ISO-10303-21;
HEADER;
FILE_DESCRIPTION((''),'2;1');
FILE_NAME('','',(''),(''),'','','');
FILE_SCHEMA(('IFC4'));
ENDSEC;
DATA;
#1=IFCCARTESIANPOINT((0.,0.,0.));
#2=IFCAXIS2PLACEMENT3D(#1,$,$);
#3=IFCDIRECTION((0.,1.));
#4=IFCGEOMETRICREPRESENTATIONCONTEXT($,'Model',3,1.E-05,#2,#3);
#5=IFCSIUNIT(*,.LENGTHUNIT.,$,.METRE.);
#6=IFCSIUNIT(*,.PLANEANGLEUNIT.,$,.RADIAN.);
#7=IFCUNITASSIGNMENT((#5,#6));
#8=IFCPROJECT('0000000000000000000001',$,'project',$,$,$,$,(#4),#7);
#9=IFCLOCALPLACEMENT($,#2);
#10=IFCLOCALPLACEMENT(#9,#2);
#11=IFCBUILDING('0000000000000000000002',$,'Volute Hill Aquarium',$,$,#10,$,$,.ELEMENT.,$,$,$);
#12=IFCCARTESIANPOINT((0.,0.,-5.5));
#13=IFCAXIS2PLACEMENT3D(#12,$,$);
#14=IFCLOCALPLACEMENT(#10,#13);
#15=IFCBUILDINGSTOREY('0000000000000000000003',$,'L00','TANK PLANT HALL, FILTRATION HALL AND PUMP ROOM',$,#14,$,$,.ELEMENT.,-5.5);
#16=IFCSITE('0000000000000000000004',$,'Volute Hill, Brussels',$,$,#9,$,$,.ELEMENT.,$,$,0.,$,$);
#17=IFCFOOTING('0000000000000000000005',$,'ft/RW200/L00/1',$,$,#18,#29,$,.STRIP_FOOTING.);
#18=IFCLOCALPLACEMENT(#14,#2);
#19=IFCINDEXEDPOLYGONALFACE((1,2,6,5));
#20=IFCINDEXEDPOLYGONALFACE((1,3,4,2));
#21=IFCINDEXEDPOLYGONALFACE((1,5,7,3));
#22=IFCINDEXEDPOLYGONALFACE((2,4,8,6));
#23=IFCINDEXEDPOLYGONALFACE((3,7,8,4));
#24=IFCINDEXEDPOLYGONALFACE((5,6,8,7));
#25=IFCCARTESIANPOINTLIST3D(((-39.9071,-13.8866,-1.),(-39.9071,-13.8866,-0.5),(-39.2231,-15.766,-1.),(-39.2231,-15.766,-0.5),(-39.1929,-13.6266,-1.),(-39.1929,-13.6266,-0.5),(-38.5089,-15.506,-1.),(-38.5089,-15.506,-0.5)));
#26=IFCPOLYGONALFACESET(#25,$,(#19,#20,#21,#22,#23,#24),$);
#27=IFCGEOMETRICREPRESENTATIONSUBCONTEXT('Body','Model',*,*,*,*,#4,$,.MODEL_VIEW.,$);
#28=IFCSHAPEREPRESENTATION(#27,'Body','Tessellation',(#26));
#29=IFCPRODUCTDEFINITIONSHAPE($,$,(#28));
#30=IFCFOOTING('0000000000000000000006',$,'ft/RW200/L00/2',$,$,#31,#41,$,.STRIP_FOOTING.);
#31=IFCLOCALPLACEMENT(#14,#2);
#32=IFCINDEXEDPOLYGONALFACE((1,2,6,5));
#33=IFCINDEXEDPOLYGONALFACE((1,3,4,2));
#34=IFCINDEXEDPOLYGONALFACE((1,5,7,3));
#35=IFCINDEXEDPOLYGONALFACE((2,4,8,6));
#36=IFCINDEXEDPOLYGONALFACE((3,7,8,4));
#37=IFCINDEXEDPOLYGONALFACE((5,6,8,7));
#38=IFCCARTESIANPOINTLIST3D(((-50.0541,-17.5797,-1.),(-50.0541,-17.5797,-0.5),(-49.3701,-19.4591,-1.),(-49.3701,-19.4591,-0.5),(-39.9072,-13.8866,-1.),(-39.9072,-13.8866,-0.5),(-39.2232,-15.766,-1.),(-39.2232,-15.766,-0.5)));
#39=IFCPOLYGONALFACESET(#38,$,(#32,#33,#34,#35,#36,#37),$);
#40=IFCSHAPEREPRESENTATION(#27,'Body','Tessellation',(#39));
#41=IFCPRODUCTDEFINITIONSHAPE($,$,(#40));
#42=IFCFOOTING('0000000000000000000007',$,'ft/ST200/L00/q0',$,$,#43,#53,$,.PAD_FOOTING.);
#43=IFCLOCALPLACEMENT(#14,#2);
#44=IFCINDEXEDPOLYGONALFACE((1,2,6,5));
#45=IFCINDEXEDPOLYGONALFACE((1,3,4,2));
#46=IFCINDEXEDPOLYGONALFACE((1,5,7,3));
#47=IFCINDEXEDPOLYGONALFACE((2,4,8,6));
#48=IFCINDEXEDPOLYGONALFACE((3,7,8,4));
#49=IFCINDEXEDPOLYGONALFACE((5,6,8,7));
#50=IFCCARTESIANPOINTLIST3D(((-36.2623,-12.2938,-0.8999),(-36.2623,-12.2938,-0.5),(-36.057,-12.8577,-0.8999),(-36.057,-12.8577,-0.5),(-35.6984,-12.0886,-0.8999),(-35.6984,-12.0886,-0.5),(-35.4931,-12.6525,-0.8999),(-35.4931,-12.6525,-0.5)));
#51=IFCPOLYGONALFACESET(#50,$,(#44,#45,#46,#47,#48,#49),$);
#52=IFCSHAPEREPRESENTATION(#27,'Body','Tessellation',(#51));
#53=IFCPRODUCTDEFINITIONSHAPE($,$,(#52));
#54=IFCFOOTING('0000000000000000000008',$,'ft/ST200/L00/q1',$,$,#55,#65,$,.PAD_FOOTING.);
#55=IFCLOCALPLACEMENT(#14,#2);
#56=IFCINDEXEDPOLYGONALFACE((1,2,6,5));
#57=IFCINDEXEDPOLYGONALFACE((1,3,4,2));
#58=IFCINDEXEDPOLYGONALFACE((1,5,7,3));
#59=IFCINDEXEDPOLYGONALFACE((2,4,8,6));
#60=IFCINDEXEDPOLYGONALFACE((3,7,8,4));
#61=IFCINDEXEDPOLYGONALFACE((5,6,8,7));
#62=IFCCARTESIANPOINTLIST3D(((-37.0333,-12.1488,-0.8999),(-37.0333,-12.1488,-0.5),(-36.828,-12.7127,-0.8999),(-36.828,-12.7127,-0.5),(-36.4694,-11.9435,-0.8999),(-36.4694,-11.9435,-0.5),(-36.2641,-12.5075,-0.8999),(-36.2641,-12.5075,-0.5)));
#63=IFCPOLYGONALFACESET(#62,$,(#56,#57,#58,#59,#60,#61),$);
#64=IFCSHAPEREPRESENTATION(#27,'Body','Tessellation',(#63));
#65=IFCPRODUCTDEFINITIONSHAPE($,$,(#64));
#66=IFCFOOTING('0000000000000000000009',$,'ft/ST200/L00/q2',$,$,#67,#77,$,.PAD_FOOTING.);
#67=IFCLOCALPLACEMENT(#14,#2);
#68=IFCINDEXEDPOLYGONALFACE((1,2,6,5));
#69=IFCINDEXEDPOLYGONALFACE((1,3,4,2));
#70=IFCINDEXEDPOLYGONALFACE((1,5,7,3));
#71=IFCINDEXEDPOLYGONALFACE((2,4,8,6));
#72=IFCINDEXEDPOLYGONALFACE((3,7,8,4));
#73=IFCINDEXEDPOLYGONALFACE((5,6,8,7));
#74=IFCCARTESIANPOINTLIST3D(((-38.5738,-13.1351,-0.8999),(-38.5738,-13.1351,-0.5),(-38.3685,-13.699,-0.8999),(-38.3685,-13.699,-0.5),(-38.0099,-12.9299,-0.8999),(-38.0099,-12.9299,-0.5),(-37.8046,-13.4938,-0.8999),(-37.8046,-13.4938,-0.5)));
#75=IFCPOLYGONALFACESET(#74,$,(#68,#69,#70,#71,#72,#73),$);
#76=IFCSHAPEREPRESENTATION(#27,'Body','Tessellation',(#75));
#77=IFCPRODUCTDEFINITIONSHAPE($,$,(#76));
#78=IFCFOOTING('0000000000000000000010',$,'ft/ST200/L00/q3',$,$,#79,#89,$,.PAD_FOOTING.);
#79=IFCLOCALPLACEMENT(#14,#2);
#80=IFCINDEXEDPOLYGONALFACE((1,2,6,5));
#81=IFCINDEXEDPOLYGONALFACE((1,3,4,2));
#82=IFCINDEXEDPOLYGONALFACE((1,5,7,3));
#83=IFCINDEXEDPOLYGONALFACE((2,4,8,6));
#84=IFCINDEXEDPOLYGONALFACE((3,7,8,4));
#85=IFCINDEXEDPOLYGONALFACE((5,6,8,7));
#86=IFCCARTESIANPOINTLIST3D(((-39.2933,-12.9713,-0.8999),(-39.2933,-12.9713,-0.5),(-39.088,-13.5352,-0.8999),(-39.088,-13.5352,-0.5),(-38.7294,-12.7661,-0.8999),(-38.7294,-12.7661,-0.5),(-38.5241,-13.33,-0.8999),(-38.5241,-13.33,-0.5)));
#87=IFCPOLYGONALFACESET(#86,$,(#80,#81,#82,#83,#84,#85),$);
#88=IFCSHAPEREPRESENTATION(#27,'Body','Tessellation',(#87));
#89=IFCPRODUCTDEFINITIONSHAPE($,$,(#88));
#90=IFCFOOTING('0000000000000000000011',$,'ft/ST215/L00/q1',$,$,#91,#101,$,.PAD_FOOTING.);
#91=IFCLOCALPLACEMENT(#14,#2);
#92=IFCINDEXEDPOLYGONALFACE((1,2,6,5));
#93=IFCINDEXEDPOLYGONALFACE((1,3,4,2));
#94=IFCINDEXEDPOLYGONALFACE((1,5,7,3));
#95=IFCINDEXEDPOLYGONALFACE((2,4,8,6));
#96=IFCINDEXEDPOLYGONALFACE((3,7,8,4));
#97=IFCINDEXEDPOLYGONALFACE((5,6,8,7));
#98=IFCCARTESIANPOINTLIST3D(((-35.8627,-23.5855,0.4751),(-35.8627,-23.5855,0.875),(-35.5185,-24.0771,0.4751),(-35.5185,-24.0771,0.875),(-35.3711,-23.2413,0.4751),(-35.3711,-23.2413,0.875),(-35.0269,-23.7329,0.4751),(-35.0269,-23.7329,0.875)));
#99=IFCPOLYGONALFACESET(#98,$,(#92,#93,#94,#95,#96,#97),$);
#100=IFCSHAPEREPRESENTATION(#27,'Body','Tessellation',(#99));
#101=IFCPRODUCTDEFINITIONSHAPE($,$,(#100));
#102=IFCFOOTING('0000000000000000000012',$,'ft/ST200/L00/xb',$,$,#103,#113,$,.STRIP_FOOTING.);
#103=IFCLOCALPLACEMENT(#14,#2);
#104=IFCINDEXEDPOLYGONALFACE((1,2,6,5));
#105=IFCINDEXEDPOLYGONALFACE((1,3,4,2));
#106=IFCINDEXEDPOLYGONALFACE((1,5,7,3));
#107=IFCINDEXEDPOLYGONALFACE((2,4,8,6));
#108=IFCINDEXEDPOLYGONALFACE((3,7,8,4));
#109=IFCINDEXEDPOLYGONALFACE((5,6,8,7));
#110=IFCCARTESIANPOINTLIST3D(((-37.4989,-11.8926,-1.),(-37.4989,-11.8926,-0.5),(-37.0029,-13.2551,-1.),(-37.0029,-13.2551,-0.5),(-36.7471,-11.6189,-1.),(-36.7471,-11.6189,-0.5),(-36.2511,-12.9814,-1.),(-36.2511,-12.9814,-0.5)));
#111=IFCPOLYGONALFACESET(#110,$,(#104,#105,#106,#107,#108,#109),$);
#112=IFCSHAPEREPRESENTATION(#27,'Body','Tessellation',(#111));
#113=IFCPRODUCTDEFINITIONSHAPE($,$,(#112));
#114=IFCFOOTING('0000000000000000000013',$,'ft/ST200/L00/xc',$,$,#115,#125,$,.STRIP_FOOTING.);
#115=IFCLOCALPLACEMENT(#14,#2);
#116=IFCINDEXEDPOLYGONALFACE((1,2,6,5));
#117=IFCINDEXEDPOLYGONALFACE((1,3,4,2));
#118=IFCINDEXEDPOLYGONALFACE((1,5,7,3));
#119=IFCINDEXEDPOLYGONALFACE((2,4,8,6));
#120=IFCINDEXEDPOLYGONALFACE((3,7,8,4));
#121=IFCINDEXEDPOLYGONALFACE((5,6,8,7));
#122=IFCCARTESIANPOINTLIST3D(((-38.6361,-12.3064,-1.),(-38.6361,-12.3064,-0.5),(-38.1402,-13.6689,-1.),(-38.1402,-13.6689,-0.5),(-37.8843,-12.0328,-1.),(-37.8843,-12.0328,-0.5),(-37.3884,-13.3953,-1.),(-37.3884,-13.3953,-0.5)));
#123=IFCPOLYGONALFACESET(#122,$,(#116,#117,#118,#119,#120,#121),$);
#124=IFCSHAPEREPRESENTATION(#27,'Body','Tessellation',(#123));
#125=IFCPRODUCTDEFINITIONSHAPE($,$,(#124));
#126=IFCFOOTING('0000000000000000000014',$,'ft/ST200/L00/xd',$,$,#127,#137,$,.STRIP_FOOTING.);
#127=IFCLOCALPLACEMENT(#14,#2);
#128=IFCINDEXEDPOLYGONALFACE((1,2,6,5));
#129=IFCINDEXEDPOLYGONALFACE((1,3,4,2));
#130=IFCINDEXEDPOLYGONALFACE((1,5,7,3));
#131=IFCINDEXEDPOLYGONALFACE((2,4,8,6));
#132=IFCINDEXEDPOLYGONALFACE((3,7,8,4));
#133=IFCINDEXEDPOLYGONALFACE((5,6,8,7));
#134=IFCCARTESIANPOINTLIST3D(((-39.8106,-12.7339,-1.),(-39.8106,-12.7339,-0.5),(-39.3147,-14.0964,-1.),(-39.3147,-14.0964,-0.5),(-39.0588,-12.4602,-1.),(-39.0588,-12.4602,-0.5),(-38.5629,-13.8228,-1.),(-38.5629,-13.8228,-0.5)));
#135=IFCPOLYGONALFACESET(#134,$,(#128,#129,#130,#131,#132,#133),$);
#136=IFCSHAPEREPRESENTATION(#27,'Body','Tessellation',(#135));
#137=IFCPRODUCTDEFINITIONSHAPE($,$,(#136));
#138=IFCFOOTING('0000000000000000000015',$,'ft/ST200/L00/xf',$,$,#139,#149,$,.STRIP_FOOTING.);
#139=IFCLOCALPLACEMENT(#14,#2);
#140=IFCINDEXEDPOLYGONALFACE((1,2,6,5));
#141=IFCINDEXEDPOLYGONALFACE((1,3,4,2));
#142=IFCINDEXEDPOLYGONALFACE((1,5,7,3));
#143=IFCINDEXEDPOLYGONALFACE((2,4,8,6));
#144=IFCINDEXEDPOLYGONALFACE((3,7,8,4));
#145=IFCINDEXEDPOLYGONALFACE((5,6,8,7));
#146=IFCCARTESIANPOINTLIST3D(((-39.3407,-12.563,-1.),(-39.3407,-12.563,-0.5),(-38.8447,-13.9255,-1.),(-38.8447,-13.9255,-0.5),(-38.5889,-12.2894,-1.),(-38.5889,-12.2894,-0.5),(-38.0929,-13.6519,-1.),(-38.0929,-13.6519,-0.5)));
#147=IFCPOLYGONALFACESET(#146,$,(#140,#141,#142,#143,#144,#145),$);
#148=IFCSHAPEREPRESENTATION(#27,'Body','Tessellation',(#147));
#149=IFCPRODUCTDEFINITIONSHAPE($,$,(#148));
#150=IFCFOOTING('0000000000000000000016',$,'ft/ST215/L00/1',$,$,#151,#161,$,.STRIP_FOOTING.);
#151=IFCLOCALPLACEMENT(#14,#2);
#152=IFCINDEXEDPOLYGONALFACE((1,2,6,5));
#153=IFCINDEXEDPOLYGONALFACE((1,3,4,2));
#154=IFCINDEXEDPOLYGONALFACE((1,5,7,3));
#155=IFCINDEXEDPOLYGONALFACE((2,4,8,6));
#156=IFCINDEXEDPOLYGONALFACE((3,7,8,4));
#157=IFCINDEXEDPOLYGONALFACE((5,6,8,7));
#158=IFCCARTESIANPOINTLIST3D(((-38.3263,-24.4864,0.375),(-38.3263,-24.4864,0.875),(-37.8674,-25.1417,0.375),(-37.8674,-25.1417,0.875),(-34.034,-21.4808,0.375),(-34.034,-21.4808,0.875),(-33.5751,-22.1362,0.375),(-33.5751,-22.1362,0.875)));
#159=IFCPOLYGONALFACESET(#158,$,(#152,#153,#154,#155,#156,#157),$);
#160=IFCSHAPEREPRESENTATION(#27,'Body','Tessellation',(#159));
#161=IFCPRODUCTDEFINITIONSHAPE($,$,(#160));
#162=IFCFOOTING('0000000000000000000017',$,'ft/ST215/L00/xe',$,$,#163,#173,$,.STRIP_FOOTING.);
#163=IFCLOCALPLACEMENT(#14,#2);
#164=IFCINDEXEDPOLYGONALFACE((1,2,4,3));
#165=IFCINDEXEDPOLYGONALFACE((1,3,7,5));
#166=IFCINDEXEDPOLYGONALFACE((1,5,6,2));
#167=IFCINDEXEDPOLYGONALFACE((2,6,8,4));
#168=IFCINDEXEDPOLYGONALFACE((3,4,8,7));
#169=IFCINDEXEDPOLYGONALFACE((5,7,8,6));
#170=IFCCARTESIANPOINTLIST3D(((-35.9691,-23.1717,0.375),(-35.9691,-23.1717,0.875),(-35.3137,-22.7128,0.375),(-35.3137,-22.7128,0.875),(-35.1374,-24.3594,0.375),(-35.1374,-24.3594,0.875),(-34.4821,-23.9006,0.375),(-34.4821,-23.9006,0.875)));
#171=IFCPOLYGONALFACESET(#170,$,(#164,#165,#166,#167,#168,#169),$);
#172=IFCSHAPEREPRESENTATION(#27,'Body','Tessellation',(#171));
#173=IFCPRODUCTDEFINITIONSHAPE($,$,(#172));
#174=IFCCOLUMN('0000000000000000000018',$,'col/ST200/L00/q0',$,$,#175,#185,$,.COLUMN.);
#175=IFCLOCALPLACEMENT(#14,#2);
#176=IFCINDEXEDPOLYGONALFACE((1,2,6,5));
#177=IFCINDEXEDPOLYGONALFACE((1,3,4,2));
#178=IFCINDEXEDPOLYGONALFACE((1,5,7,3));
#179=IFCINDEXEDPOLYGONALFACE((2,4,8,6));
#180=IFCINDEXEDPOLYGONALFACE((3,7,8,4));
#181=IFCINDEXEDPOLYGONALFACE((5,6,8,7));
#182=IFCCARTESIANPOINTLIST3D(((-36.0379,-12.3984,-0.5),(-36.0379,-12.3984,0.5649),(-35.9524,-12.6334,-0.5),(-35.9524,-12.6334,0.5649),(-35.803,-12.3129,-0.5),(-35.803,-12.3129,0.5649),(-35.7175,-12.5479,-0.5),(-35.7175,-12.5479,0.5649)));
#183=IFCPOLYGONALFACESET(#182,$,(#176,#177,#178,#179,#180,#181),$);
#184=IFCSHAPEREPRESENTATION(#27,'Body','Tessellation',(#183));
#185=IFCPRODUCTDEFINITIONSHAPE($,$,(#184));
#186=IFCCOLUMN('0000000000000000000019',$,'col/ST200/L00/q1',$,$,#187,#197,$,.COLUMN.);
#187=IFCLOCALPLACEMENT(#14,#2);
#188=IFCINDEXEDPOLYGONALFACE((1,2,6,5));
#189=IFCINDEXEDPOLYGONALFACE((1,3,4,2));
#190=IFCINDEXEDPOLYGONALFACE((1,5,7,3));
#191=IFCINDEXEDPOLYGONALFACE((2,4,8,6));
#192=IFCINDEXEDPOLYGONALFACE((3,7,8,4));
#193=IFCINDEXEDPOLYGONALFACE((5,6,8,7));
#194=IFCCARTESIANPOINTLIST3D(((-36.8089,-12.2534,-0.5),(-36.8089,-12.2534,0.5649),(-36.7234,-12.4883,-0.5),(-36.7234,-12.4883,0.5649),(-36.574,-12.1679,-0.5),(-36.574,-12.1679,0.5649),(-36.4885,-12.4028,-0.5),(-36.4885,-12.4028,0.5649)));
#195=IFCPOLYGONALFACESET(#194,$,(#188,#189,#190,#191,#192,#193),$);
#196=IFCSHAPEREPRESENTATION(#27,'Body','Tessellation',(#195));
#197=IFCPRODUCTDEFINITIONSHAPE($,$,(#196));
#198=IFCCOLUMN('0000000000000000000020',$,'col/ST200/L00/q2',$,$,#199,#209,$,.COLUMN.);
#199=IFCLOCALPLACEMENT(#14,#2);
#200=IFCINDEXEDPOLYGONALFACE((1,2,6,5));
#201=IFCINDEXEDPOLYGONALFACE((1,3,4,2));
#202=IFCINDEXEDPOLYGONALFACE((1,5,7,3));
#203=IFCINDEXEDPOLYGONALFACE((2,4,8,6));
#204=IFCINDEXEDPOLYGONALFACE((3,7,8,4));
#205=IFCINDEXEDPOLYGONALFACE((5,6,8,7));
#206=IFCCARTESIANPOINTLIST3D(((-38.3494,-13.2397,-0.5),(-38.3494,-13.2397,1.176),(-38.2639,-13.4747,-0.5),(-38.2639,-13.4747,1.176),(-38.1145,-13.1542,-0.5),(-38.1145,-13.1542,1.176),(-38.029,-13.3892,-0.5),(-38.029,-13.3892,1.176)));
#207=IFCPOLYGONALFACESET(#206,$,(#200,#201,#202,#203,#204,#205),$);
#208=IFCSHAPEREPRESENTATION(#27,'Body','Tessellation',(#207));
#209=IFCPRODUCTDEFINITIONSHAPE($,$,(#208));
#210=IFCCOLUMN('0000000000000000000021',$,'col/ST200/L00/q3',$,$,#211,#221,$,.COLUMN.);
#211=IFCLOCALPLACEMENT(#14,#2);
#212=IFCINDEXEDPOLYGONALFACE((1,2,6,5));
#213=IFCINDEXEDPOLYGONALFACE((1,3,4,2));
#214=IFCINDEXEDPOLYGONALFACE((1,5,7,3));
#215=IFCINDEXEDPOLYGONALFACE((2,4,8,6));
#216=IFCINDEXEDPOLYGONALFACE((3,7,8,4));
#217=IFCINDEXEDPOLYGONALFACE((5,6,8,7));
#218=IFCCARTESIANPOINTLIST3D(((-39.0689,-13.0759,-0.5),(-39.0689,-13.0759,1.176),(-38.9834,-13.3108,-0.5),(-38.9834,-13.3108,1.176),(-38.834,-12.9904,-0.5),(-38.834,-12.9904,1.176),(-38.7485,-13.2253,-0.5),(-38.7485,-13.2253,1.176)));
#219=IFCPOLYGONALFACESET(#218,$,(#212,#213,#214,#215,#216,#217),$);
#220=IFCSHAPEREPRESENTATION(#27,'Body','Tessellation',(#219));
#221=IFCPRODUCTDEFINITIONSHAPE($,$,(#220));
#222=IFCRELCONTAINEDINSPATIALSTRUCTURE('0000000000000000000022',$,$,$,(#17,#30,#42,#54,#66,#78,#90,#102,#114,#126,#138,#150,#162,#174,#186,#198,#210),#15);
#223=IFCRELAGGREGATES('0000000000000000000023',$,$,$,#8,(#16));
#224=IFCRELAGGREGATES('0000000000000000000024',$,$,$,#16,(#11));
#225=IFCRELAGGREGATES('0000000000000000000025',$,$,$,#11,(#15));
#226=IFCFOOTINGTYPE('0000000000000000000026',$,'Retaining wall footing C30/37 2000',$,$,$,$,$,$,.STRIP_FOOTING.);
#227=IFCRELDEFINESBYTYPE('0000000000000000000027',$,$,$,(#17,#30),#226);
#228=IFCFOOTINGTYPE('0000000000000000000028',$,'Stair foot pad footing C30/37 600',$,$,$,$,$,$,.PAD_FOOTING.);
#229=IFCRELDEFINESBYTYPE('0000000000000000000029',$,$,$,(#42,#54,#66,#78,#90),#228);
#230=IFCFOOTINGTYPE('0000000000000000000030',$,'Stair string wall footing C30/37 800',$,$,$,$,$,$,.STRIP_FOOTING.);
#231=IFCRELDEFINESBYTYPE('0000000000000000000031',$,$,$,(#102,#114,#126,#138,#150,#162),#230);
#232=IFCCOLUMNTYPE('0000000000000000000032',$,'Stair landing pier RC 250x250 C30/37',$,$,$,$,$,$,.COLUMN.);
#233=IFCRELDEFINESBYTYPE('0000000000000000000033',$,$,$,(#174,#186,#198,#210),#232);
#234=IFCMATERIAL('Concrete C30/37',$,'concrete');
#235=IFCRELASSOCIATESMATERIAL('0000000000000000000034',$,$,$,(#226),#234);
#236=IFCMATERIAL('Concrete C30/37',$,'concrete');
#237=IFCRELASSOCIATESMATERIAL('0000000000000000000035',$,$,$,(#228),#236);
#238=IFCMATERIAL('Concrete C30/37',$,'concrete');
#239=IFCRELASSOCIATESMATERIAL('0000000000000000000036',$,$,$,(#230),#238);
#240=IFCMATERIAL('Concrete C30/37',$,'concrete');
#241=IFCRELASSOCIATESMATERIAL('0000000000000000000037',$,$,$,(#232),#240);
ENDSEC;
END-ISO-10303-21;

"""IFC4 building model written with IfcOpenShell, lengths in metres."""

from ifc_helpers import new_model, si_unit, direction, frame, origin, origin_2d, place, context, subcontext, project, spatial, rectangle, extrude, material, material_profile, profile_set, type_object, element, save


model = new_model("IFC4")

# Units and contexts
model_context = context("Model", 3, precision=1e-05, world=origin(), true_north=direction((0.0, 1.0)))
body_context = subcontext(model_context, "Body", "Model", "MODEL_VIEW")
ifc_project = project(units=[si_unit("LENGTHUNIT", "METRE"), si_unit("PLANEANGLEUNIT", "RADIAN")], contexts=[model_context])

# Site, building, storey
site_placement = place(None, origin())
site = spatial("IfcSite", under=ifc_project, at=site_placement, Name="Volute Hill, Brussels", CompositionType="ELEMENT", RefElevation=0.0)
building_placement = place(site_placement, origin())
building = spatial("IfcBuilding", under=site, at=building_placement, Name="Volute Hill Aquarium", CompositionType="ELEMENT")
storey_placement = place(building_placement, frame((0.0, 0.0, -5.5)))
storey = spatial("IfcBuildingStorey", under=building, at=storey_placement, Name="L00", Description="TANK PLANT HALL, FILTRATION HALL AND PUMP ROOM", CompositionType="ELEMENT", Elevation=-5.5)

# Footings
ifc_material_1 = material(Name="Concrete C30/37", Category="concrete")
footing_type_1 = type_object("IfcFootingType", Name="Retaining wall footing C30/37 2000", PredefinedType="STRIP_FOOTING", material=ifc_material_1)
footing_1_placement = place(storey_placement, frame((-39.208, -14.6963, -1.0), z_axis=(0.0, 0.0, 1.0), x_axis=(-0.939693, -0.34202, 0.0)))
element("IfcFooting", 1, at=footing_1_placement, inside=storey, type_object=footing_type_1, Name="ft/RW200/L00/1", PredefinedType="STRIP_FOOTING", context=body_context, shape_type="SweptSolid", body=[
    extrude(rectangle(XDim=0.76, YDim=2.0, at=origin_2d()), origin(), (0.0, 0.0, 1.0), 0.5),
])
footing_2_placement = place(storey_placement, frame((-44.6387, -16.6729, -1.0), z_axis=(0.0, 0.0, 1.0), x_axis=(-0.939693, -0.34202, 0.0)))
element("IfcFooting", 2, at=footing_2_placement, inside=storey, type_object=footing_type_1, Name="ft/RW200/L00/2", PredefinedType="STRIP_FOOTING", context=body_context, shape_type="SweptSolid", body=[
    extrude(rectangle(XDim=10.7981, YDim=2.0, at=origin_2d()), origin(), (0.0, 0.0, 1.0), 0.5),
])
ifc_material_2 = material(Name="Concrete C30/37", Category="concrete")
footing_type_2 = type_object("IfcFootingType", Name="Stair foot pad footing C30/37 600", PredefinedType="PAD_FOOTING", material=ifc_material_2)
for number, where, z_axis, x_axis, name in (
    (3, (-35.8777, -12.4731, -0.8999), (0.0, 0.0, 1.0), (-0.939693, -0.34202, 0.0), "ft/ST200/L00/q0"),
    (4, (-36.6487, -12.3281, -0.8999), (0.0, 0.0, 1.0), (-0.939693, -0.34202, 0.0), "ft/ST200/L00/q1"),
    (5, (-38.1892, -13.3145, -0.8999), (0.0, 0.0, 1.0), (-0.939693, -0.34202, 0.0), "ft/ST200/L00/q2"),
    (6, (-38.9087, -13.1506, -0.8999), (0.0, 0.0, 1.0), (-0.939693, -0.34202, 0.0), "ft/ST200/L00/q3"),
    (7, (-35.4448, -23.6592, 0.4751), (0.0, 0.0, 1.0), (-0.819152, -0.573576, 0.0), "ft/ST215/L00/q1"),
):
    element("IfcFooting", number, at=place(storey_placement, frame(where, z_axis=z_axis, x_axis=x_axis)), inside=storey, type_object=footing_type_2, Name=name, PredefinedType="PAD_FOOTING", context=body_context, shape_type="SweptSolid", body=[
        extrude(rectangle(XDim=0.6001, YDim=0.6001, at=origin_2d()), origin(), (0.0, 0.0, 1.0), 0.3999),
    ])
ifc_material_3 = material(Name="Concrete C30/37", Category="concrete")
footing_type_3 = type_object("IfcFootingType", Name="Stair string wall footing C30/37 800", PredefinedType="STRIP_FOOTING", material=ifc_material_3)
for number, where, z_axis, x_axis, name in (
    (8, (-36.875, -12.437, -1.0), (0.0, 0.0, 1.0), (0.34202, -0.939693, 0.0), "ft/ST200/L00/xb"),
    (9, (-38.0122, -12.8508, -1.0), (0.0, 0.0, 1.0), (0.34202, -0.939693, 0.0), "ft/ST200/L00/xc"),
    (10, (-39.1868, -13.2783, -1.0), (0.0, 0.0, 1.0), (0.34202, -0.939693, 0.0), "ft/ST200/L00/xd"),
    (11, (-38.7168, -13.1074, -1.0), (0.0, 0.0, 1.0), (0.34202, -0.939693, 0.0), "ft/ST200/L00/xf"),
):
    element("IfcFooting", number, at=place(storey_placement, frame(where, z_axis=z_axis, x_axis=x_axis)), inside=storey, type_object=footing_type_3, Name=name, PredefinedType="STRIP_FOOTING", context=body_context, shape_type="SweptSolid", body=[
        extrude(rectangle(XDim=1.45, YDim=0.8, at=origin_2d()), origin(), (0.0, 0.0, 1.0), 0.5),
    ])
footing_3_placement = place(storey_placement, frame((-35.9507, -23.3113, 0.375), z_axis=(0.0, 0.0, 1.0), x_axis=(-0.819152, -0.573576, 0.0)))
element("IfcFooting", 12, at=footing_3_placement, inside=storey, type_object=footing_type_3, Name="ft/ST215/L00/1", PredefinedType="STRIP_FOOTING", context=body_context, shape_type="SweptSolid", body=[
    extrude(rectangle(XDim=5.24, YDim=0.8, at=origin_2d()), origin(), (0.0, 0.0, 1.0), 0.5),
])
footing_4_placement = place(storey_placement, frame((-35.2256, -23.5361, 0.375), z_axis=(0.0, 0.0, 1.0), x_axis=(0.573576, -0.819152, 0.0)))
element("IfcFooting", 13, at=footing_4_placement, inside=storey, type_object=footing_type_3, Name="ft/ST215/L00/xe", PredefinedType="STRIP_FOOTING", context=body_context, shape_type="SweptSolid", body=[
    extrude(rectangle(XDim=1.45, YDim=0.8, at=origin_2d()), origin(), (0.0, 0.0, 1.0), 0.5),
])

# Columns
ifc_material_4 = material(Name="Concrete C30/37", Category="concrete")
ifc_material_profile = material_profile(ifc_material_4, rectangle(XDim=0.25, YDim=0.25, at=origin_2d()), Name="RC pier 250x250")
ifc_profile_set = profile_set([ifc_material_profile], Name="Concrete C30/37")
column_type = type_object("IfcColumnType", Name="Stair landing pier RC 250x250 C30/37", PredefinedType="COLUMN", material=ifc_profile_set)
for number, where, z_axis, x_axis, name in (
    (14, (-35.8777, -12.4731, -0.5), (0.0, 0.0, 1.0), (-0.939693, -0.34202, 0.0), "col/ST200/L00/q0"),
    (15, (-36.6487, -12.3281, -0.5), (0.0, 0.0, 1.0), (-0.939693, -0.34202, 0.0), "col/ST200/L00/q1"),
):
    element("IfcColumn", number, at=place(storey_placement, frame(where, z_axis=z_axis, x_axis=x_axis)), inside=storey, type_object=column_type, Name=name, PredefinedType="COLUMN", context=body_context, shape_type="SweptSolid", body=[
        extrude(rectangle(XDim=0.25, YDim=0.25, at=origin_2d()), origin(), (0.0, 0.0, 1.0), 1.0649),
    ])
for number, where, z_axis, x_axis, name in (
    (16, (-38.1892, -13.3145, -0.5), (0.0, 0.0, 1.0), (-0.939693, -0.34202, 0.0), "col/ST200/L00/q2"),
    (17, (-38.9087, -13.1506, -0.5), (0.0, 0.0, 1.0), (-0.939693, -0.34202, 0.0), "col/ST200/L00/q3"),
):
    element("IfcColumn", number, at=place(storey_placement, frame(where, z_axis=z_axis, x_axis=x_axis)), inside=storey, type_object=column_type, Name=name, PredefinedType="COLUMN", context=body_context, shape_type="SweptSolid", body=[
        extrude(rectangle(XDim=0.25, YDim=0.25, at=origin_2d()), origin(), (0.0, 0.0, 1.0), 1.676),
    ])

save(model, "model.ifc")
